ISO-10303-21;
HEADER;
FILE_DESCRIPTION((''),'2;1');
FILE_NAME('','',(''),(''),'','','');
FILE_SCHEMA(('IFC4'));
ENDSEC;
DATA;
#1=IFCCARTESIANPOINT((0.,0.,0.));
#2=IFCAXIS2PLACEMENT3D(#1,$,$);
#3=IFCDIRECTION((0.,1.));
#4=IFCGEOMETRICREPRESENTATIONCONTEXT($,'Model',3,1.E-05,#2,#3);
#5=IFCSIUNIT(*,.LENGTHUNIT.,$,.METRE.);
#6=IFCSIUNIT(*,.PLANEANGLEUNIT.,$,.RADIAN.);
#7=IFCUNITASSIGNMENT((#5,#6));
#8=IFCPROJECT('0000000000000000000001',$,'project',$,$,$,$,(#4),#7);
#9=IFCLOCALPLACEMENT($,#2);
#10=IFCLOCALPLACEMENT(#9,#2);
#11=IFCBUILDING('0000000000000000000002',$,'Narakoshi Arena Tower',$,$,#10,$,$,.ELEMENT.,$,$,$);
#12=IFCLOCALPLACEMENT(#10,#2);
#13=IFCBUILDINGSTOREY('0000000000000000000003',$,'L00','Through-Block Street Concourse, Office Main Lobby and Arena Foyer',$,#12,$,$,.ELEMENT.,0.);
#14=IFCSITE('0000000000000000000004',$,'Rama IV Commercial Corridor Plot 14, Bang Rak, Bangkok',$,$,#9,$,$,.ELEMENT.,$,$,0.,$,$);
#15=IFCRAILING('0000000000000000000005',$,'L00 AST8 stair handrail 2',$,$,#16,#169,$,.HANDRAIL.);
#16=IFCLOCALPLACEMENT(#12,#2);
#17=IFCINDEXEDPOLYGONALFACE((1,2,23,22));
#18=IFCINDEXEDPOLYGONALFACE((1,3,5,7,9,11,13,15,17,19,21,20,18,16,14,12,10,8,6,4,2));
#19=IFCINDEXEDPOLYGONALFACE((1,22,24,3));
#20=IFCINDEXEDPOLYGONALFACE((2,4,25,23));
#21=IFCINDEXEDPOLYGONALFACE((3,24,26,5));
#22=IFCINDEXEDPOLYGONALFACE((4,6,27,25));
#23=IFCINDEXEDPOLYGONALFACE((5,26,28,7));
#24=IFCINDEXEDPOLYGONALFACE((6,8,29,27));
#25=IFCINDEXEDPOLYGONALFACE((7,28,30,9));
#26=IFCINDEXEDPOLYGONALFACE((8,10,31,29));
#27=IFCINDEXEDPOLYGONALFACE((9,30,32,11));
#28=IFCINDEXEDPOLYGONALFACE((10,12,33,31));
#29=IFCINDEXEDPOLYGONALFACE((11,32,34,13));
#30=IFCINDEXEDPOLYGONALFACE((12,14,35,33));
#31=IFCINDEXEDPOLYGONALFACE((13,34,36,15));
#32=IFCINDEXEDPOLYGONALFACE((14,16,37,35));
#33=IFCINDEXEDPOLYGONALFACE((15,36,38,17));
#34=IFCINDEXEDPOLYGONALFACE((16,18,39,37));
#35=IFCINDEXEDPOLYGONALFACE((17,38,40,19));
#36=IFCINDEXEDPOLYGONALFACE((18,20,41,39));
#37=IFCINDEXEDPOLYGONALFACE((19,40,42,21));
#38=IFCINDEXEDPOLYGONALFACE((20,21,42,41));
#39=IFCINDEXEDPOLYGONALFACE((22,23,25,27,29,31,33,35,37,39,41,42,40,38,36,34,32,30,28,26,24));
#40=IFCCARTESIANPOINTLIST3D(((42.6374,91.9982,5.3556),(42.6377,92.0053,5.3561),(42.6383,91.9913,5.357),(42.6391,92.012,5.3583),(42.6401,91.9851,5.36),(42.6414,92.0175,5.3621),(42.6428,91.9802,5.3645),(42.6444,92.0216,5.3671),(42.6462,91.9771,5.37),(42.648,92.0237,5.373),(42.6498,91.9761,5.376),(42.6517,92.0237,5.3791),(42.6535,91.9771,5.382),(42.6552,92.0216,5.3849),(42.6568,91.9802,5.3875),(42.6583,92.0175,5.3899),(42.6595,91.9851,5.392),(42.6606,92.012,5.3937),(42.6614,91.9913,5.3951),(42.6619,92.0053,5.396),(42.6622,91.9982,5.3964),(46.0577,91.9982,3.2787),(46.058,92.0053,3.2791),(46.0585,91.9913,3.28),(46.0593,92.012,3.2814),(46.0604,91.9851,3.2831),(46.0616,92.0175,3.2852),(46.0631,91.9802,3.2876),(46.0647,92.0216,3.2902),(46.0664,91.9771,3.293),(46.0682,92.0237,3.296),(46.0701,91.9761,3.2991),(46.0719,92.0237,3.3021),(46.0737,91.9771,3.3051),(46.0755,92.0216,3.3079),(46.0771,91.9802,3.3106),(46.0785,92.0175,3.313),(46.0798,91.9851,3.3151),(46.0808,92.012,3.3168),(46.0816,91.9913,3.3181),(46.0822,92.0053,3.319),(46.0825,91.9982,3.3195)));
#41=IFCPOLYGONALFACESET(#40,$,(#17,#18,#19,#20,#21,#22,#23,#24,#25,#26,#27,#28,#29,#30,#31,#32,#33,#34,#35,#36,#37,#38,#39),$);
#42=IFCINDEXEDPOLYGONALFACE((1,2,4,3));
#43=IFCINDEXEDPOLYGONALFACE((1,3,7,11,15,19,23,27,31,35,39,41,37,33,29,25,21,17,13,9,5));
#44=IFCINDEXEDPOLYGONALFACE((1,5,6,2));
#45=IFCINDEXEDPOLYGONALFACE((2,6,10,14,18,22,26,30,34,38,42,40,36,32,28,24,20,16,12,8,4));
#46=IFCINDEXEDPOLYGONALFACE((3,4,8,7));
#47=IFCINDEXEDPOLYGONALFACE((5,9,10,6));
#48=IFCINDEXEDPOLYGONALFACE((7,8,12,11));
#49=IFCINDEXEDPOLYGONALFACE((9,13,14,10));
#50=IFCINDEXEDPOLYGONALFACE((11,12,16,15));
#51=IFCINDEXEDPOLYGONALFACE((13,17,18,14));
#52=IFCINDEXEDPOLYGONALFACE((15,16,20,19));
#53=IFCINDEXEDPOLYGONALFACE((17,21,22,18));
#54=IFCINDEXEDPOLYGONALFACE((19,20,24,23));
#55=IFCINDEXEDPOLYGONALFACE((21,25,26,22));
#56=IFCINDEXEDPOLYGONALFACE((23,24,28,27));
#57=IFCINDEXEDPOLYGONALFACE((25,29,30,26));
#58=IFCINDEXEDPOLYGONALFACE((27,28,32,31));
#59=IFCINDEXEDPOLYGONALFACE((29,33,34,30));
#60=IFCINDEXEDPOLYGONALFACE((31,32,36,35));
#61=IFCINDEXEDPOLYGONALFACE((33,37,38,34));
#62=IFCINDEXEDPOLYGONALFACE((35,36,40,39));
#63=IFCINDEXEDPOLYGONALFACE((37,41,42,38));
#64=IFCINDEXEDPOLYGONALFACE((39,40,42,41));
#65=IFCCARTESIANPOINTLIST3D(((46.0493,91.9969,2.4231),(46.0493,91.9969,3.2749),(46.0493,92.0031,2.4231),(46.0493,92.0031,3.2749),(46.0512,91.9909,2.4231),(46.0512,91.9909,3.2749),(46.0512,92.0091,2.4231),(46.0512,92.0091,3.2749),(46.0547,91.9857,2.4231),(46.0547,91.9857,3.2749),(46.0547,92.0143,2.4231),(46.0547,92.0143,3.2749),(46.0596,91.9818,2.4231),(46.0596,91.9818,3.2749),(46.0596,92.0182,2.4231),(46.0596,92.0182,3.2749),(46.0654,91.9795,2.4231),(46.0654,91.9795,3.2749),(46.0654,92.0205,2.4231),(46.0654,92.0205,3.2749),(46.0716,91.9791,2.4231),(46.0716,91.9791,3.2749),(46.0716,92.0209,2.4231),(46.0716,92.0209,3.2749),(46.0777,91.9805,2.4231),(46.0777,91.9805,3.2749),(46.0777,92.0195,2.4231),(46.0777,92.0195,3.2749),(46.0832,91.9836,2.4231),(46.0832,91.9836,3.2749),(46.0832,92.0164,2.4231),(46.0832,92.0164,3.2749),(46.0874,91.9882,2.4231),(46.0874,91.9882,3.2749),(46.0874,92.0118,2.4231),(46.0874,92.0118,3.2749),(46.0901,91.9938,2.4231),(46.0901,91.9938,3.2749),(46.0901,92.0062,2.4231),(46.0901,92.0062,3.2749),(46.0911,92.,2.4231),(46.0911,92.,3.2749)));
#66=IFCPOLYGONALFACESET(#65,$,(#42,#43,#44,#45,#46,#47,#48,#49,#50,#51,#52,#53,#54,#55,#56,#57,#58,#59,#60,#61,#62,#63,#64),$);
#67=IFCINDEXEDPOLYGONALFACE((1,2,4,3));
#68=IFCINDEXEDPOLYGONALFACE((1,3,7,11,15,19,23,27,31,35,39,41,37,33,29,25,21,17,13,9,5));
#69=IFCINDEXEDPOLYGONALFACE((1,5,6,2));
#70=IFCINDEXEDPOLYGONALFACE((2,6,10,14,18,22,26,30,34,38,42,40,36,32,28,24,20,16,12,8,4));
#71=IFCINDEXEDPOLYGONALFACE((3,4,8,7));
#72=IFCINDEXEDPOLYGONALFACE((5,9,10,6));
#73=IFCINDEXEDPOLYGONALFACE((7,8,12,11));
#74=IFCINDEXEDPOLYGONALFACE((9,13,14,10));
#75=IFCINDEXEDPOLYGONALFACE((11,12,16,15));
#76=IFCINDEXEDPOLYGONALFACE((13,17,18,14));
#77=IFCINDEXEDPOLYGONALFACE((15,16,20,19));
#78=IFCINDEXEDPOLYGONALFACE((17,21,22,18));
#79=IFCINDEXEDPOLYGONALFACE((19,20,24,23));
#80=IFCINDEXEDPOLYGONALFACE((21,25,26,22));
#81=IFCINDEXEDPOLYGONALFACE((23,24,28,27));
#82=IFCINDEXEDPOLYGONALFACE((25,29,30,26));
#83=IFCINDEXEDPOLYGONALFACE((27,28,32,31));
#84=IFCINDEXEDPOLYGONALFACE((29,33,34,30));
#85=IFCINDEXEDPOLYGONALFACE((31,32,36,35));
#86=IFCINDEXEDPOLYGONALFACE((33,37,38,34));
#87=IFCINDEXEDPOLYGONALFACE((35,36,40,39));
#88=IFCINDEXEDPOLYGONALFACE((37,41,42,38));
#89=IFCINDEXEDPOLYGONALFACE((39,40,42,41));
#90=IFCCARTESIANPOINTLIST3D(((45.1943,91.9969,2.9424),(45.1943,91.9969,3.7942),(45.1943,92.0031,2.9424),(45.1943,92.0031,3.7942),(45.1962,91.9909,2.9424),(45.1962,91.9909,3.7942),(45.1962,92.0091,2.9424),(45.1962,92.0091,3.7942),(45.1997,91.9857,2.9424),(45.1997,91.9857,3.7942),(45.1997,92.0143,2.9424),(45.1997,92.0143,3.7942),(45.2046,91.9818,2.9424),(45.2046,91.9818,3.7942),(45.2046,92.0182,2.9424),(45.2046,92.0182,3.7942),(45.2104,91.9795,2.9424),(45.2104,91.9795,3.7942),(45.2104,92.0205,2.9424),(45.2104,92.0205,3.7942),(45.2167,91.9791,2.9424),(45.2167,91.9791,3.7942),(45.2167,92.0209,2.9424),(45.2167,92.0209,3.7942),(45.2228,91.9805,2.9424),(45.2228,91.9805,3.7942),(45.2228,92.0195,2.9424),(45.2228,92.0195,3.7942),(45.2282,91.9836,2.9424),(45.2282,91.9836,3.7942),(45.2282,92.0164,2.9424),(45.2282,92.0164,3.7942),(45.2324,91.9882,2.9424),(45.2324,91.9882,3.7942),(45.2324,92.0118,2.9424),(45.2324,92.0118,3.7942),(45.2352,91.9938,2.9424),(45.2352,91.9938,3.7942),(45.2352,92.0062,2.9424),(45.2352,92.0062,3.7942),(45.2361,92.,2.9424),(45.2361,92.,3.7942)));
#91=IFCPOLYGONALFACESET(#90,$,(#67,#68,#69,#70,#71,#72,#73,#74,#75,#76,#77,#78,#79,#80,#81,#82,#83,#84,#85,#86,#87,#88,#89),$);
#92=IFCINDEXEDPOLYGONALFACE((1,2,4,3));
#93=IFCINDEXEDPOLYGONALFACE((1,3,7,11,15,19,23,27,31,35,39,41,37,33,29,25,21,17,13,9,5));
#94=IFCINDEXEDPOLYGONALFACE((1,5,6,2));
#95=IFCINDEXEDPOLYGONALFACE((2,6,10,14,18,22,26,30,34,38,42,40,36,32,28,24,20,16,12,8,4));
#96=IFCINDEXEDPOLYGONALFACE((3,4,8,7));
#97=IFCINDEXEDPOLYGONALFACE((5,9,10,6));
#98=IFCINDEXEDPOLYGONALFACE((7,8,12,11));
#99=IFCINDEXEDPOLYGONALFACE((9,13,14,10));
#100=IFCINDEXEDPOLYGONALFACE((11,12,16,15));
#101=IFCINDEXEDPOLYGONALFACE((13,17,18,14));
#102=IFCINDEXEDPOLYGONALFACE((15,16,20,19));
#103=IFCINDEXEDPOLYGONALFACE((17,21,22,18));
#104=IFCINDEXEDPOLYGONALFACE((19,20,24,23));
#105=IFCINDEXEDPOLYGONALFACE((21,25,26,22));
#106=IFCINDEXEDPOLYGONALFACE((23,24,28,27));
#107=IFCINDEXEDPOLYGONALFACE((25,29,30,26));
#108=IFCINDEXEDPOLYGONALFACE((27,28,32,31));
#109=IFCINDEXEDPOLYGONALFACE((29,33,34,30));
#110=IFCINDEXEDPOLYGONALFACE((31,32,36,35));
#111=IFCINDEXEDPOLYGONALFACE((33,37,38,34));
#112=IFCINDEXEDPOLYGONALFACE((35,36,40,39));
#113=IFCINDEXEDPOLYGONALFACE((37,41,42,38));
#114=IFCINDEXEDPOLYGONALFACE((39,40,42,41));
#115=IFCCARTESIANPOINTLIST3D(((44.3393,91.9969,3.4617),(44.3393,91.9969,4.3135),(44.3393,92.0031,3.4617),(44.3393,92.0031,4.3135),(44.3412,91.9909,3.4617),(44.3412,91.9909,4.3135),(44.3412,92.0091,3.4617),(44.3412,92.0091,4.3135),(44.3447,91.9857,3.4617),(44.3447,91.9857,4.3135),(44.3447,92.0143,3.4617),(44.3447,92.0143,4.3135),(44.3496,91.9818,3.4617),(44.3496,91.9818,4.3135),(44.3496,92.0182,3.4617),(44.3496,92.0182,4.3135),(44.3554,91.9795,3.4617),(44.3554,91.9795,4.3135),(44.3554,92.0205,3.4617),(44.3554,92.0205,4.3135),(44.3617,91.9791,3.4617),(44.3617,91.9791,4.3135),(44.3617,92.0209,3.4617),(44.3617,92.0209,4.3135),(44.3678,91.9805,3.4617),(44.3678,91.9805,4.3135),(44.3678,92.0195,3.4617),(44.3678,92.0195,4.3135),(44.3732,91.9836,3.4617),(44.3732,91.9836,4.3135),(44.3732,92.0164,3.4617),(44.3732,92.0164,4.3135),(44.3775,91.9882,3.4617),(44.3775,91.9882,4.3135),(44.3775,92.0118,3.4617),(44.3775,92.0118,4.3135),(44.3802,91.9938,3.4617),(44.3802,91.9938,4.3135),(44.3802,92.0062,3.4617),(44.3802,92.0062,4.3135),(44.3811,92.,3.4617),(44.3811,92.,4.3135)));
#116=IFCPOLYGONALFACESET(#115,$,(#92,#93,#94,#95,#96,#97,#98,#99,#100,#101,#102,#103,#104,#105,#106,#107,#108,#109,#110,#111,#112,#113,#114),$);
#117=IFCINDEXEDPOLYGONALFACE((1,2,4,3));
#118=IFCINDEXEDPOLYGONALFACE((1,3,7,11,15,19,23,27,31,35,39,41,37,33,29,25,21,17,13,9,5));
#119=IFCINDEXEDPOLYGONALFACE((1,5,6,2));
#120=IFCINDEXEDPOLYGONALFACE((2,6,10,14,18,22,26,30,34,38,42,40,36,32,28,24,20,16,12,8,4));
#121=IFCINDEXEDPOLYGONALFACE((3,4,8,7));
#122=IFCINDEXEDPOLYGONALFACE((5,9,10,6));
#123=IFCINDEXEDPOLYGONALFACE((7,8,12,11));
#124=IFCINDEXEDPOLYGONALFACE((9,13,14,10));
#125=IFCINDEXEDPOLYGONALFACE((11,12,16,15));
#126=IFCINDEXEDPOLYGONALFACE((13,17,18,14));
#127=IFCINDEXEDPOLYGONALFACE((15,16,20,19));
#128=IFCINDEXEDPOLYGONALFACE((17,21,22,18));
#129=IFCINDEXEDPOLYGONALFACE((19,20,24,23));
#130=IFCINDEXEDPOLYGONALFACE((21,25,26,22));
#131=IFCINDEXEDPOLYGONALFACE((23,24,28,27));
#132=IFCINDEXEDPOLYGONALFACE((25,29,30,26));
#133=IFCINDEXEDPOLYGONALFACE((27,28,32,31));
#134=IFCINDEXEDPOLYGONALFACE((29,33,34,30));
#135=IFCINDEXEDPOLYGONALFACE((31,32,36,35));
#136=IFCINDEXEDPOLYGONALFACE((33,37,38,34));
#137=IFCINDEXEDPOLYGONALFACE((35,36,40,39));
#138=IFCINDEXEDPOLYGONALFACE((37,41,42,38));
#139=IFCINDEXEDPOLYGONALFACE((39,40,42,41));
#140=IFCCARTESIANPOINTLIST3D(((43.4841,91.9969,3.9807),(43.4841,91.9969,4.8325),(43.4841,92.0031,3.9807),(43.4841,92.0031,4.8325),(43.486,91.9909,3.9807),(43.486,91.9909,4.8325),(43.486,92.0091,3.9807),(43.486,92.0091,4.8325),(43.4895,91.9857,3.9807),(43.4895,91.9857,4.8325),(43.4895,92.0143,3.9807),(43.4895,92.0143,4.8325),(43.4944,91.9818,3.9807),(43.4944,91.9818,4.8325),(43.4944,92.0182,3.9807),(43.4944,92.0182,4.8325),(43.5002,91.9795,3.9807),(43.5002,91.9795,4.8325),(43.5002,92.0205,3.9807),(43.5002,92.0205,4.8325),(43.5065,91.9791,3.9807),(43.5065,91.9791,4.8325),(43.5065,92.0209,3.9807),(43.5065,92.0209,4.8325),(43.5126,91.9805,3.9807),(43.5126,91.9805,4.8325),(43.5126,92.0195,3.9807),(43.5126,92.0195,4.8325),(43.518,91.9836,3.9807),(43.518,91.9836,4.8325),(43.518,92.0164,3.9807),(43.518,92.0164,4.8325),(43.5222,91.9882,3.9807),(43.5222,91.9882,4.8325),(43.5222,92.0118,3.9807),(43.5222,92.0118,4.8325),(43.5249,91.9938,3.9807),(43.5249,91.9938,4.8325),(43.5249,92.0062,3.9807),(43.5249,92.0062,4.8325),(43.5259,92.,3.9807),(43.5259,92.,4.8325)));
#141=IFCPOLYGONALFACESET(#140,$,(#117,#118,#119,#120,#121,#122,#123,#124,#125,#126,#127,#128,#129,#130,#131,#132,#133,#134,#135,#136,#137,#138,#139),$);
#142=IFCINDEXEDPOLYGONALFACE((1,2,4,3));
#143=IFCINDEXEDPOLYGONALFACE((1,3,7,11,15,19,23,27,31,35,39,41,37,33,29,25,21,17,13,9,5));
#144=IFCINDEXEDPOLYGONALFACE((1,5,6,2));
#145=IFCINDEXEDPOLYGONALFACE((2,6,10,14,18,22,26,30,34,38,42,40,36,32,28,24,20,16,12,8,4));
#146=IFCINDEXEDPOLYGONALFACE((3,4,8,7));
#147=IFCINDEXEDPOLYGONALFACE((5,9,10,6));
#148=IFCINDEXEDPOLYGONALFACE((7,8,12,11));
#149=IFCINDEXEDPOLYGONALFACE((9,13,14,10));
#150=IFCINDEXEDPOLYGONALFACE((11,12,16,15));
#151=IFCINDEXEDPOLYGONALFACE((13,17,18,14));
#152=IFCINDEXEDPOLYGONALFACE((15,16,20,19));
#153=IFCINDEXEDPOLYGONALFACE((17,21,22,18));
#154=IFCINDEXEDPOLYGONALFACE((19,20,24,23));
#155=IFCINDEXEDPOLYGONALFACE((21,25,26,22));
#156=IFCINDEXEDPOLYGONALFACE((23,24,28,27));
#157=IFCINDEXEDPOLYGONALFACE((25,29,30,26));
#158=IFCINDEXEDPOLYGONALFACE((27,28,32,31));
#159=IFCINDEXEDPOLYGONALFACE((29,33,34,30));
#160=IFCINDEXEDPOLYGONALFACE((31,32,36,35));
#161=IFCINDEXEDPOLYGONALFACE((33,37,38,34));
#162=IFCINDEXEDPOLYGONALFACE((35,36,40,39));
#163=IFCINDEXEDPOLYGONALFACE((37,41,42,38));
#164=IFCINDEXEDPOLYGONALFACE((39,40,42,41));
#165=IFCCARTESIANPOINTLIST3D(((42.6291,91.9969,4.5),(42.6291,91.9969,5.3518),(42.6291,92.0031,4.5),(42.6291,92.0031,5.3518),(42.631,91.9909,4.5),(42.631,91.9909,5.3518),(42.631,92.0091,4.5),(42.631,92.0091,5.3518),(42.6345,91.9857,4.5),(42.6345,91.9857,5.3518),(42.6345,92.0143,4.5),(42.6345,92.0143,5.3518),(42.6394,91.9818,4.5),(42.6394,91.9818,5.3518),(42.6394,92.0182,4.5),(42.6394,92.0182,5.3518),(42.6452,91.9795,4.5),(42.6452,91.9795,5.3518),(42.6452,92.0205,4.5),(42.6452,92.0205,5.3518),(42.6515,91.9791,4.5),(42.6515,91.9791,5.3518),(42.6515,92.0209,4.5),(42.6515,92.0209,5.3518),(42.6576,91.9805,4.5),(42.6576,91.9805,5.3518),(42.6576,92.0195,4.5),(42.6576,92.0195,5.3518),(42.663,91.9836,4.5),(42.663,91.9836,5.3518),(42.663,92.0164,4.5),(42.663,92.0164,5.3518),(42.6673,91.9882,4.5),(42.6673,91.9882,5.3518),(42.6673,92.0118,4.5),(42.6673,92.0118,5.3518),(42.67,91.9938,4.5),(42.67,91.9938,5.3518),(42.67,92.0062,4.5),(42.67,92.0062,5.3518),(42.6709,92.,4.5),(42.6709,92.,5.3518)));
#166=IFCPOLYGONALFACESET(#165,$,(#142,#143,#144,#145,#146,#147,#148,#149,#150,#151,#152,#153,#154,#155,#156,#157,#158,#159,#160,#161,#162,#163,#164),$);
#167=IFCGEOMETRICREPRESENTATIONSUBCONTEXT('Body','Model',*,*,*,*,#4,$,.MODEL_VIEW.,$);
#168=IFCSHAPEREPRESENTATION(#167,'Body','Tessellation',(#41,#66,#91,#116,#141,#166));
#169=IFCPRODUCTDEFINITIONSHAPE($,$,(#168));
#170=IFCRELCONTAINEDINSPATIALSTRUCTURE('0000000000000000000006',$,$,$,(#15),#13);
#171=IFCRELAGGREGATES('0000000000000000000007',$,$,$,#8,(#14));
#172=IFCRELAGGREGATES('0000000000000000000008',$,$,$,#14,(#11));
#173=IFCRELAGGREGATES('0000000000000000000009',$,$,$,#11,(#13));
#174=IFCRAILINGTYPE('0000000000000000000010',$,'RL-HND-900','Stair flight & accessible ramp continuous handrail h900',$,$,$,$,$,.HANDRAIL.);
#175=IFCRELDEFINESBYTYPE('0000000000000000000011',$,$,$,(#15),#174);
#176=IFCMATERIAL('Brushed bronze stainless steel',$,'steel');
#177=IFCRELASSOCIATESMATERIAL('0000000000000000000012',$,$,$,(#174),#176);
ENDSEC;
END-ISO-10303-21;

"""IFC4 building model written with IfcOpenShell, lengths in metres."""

from ifc_helpers import new_model, si_unit, direction, frame, origin, origin_2d, place, context, subcontext, project, spatial, circle, extrude, material, type_object, element, save


model = new_model("IFC4")

# Units and contexts
model_context = context("Model", 3, precision=1e-05, world=origin(), true_north=direction((0.0, 1.0)))
body_context = subcontext(model_context, "Body", "Model", "MODEL_VIEW")
ifc_project = project(units=[si_unit("LENGTHUNIT", "METRE"), si_unit("PLANEANGLEUNIT", "RADIAN")], contexts=[model_context])

# Site, building, storey
site_placement = place(None, origin())
site = spatial("IfcSite", under=ifc_project, at=site_placement, Name="Rama IV Commercial Corridor Plot 14, Bang Rak, Bangkok", CompositionType="ELEMENT", RefElevation=0.0)
building_placement = place(site_placement, origin())
building = spatial("IfcBuilding", under=site, at=building_placement, Name="Narakoshi Arena Tower", CompositionType="ELEMENT")
storey_placement = place(building_placement, origin())
storey = spatial("IfcBuildingStorey", under=building, at=storey_placement, Name="L00", Description="Through-Block Street Concourse, Office Main Lobby and Arena Foyer", CompositionType="ELEMENT", Elevation=0.0)

# Railing
ifc_material_1 = material(Name="Brushed bronze stainless steel", Category="steel")
railing_type_1 = type_object("IfcRailingType", Name="RL-HND-900", Description="Stair flight & accessible ramp continuous handrail h900", PredefinedType="HANDRAIL", material=ifc_material_1)
railing_1_placement = place(storey_placement, frame((46.0701, 92.0, 2.4231)))
element("IfcRailing", 1, at=railing_1_placement, inside=storey, type_object=railing_type_1, Name="L00 AST8 stair handrail 2", PredefinedType="HANDRAIL", context=body_context, shape_type="SweptSolid", body=[
    extrude(circle(Radius=0.0239, at=origin_2d()), frame((0.0, 0.0, 0.876), z_axis=(-0.854746, 0.0, 0.519047), x_axis=(0.0, -1.0, 0.0)), (0.0, 0.0, 1.0), 4.0015),
    extrude(circle(Radius=0.021, at=origin_2d()), origin(), (0.0, 0.0, 1.0), 0.8518),
    extrude(circle(Radius=0.021, at=origin_2d()), frame((-0.855, 0.0, 0.5193)), (0.0, 0.0, 1.0), 0.8518),
    extrude(circle(Radius=0.021, at=origin_2d()), frame((-1.71, 0.0, 1.0386)), (0.0, 0.0, 1.0), 0.8518),
    extrude(circle(Radius=0.021, at=origin_2d()), frame((-2.5652, 0.0, 1.5576)), (0.0, 0.0, 1.0), 0.8518),
    extrude(circle(Radius=0.021, at=origin_2d()), frame((-3.4202, 0.0, 2.0769)), (0.0, 0.0, 1.0), 0.8518),
])

save(model, "model.ifc")
